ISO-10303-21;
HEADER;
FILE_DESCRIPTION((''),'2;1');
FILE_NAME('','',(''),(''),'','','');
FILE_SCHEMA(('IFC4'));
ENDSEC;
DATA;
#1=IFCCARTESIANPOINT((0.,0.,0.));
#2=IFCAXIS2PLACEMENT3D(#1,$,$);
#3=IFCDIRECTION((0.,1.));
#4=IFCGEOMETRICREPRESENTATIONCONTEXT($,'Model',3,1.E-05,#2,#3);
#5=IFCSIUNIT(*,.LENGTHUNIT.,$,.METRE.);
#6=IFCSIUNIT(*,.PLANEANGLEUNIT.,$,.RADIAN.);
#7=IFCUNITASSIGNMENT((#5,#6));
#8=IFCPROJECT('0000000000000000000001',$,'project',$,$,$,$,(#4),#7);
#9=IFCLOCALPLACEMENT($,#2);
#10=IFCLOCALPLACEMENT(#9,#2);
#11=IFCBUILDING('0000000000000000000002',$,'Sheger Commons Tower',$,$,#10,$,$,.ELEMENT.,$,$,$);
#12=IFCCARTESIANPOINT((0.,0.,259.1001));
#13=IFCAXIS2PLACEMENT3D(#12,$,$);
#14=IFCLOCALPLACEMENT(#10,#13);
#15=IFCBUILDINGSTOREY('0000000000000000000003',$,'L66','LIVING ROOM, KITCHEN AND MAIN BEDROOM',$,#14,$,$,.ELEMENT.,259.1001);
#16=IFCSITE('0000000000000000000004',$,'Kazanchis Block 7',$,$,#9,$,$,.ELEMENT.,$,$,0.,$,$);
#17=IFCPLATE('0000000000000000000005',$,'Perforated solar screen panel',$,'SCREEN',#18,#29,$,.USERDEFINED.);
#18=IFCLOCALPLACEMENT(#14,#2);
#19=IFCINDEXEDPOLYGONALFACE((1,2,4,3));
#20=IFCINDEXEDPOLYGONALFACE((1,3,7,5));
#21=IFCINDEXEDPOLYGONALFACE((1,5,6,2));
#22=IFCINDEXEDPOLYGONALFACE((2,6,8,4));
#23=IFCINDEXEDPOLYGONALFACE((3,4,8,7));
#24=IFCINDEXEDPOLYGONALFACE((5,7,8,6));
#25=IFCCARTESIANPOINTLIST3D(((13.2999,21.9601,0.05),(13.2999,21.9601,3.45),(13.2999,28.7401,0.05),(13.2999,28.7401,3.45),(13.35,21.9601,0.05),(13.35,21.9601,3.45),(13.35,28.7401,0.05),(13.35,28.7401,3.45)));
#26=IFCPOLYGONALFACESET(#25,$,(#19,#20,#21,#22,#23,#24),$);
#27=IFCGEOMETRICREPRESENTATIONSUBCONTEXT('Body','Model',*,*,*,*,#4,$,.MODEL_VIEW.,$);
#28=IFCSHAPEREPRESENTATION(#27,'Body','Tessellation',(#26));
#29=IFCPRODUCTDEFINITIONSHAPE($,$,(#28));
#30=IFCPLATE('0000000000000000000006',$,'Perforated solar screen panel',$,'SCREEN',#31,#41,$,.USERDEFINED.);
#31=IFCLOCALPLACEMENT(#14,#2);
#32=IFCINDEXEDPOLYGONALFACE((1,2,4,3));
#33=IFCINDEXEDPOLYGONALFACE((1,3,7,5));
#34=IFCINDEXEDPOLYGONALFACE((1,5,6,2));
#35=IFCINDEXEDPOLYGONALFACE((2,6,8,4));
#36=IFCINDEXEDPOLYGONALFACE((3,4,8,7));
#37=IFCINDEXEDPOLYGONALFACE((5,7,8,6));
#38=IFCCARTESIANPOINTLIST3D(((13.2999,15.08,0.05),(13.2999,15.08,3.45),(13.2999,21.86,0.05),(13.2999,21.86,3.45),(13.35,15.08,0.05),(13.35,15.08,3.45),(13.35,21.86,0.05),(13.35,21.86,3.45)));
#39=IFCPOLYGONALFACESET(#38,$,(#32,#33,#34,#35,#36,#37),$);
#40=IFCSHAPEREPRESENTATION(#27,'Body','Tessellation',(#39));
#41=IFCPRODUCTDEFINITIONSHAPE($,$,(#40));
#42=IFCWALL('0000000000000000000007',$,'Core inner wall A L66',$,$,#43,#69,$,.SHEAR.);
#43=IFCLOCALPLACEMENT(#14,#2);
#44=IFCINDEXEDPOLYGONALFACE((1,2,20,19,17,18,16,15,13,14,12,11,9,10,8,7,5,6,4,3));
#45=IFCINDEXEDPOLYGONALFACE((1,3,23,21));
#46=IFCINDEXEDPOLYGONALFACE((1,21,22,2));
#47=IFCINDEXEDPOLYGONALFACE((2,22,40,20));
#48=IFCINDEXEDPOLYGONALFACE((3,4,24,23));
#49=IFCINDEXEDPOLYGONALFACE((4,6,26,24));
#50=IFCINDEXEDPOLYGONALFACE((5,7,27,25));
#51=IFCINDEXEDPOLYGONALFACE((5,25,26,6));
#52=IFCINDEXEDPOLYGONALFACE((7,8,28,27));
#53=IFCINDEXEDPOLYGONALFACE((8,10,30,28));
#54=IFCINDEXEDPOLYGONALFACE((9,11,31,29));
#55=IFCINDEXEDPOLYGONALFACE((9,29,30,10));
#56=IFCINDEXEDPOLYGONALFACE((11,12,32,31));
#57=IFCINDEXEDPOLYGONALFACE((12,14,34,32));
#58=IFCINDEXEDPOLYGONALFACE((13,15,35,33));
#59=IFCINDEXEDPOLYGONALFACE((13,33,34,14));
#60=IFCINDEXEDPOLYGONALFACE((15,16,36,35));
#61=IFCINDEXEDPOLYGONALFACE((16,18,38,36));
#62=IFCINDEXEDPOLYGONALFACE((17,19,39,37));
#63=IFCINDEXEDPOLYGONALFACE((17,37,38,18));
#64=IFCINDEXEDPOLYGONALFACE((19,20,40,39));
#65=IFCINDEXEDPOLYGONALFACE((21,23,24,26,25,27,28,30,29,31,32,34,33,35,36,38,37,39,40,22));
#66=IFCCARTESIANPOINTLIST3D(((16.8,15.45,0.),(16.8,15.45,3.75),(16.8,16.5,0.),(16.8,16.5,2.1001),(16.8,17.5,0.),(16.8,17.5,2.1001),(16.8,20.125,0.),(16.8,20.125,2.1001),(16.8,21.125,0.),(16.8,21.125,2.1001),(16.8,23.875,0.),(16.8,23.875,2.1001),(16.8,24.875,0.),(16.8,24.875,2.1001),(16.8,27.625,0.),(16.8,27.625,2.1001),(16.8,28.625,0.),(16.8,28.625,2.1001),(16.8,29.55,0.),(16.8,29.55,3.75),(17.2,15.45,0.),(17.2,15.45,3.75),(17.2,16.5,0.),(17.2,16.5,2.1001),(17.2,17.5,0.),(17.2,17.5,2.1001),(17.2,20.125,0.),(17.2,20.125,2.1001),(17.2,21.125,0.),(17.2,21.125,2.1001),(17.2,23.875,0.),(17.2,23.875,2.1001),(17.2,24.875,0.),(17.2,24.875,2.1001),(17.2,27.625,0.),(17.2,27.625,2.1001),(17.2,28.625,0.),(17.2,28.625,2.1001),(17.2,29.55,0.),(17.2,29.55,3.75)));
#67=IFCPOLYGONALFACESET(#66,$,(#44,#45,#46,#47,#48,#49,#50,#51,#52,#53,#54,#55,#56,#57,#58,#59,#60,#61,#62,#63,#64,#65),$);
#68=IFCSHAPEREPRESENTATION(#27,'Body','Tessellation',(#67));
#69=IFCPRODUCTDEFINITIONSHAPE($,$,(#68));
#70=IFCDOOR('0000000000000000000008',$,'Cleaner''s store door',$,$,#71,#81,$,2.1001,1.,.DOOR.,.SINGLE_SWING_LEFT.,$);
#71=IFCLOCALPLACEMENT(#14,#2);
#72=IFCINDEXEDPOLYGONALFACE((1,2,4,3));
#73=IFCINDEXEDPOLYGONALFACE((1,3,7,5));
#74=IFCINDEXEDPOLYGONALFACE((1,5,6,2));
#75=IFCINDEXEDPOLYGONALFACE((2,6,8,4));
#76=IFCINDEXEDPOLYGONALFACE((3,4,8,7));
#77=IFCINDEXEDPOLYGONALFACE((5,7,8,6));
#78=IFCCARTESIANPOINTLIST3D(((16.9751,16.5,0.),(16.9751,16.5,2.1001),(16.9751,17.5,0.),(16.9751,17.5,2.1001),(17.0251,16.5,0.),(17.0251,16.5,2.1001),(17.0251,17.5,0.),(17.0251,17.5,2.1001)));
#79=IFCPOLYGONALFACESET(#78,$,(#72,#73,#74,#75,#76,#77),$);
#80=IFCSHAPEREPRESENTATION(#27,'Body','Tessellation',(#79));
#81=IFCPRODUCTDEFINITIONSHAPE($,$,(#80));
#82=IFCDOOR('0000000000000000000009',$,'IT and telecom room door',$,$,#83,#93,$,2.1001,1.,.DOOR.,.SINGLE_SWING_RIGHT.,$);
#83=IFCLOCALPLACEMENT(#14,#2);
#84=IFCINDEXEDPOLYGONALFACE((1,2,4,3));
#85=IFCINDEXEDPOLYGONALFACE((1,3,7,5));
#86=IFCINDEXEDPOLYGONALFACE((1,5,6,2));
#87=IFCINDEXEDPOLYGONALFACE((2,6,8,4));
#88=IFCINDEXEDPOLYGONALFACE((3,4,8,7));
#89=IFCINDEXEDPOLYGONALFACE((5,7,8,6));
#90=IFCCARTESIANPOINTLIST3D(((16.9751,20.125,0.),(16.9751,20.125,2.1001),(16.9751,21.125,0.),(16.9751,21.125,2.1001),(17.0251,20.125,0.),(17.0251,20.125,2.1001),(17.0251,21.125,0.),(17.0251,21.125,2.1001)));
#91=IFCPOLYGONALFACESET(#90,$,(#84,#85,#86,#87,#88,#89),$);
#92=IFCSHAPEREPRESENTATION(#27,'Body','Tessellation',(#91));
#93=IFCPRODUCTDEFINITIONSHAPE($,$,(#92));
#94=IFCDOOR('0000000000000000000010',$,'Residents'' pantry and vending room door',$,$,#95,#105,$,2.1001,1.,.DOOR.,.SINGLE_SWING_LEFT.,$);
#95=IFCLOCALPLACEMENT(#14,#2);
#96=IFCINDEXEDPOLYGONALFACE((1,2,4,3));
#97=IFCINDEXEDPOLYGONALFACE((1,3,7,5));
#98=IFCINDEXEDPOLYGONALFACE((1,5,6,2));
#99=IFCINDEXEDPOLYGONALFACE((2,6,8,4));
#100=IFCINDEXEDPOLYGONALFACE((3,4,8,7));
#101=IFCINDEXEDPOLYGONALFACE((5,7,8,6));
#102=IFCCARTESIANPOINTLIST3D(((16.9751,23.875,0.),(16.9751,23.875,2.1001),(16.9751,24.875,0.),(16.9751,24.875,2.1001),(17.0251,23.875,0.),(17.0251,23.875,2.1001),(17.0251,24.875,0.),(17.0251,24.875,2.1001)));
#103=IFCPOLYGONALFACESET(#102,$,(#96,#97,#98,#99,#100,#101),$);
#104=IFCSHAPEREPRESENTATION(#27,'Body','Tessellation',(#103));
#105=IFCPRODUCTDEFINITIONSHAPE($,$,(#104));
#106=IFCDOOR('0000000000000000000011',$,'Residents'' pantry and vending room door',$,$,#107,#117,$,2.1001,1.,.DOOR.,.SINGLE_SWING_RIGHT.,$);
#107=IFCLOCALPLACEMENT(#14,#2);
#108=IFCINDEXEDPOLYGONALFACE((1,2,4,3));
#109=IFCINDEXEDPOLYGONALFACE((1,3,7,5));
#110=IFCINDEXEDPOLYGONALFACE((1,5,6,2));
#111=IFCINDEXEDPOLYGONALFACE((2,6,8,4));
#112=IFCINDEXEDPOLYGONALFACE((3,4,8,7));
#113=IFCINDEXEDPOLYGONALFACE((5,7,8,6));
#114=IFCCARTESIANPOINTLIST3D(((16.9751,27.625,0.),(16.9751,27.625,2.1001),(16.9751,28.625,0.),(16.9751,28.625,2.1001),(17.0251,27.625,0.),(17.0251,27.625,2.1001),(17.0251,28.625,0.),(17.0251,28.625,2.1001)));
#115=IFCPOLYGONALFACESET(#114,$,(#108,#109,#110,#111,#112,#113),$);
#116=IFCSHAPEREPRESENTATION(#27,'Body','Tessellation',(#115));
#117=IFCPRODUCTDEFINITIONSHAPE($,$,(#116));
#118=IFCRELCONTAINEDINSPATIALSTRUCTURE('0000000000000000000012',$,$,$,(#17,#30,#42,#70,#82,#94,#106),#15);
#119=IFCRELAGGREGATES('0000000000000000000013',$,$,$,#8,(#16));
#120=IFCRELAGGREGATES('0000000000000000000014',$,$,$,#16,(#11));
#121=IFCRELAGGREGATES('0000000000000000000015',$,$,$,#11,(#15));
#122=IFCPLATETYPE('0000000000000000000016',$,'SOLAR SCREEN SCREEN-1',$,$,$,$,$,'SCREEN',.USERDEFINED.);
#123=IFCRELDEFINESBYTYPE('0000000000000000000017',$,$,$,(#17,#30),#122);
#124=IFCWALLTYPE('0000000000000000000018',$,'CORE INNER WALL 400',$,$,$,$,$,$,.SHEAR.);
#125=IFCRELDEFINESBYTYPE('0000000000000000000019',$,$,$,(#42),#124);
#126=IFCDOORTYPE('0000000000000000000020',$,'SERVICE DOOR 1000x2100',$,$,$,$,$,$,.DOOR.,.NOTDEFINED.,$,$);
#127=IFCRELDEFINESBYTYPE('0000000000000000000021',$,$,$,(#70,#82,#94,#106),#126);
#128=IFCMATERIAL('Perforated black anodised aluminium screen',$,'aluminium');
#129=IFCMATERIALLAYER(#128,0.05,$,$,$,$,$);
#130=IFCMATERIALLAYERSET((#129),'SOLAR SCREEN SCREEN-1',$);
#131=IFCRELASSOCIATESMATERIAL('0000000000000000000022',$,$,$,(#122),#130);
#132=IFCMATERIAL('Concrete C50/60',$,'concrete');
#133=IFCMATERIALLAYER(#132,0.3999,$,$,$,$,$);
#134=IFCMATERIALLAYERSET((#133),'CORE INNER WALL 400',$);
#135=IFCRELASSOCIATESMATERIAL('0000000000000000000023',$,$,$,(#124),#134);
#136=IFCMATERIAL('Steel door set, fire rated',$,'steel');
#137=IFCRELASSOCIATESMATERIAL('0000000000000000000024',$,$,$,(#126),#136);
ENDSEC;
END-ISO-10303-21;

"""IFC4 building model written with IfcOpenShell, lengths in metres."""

from ifc_helpers import new_model, si_unit, direction, frame, frame_2d, origin, origin_2d, place, context, subcontext, project, spatial, rectangle, extrude, material, layer, layer_set, type_object, element, fill, save


model = new_model("IFC4")

# Units and contexts
model_context = context("Model", 3, precision=1e-05, world=origin(), true_north=direction((0.0, 1.0)))
body_context = subcontext(model_context, "Body", "Model", "MODEL_VIEW")
ifc_project = project(units=[si_unit("LENGTHUNIT", "METRE"), si_unit("PLANEANGLEUNIT", "RADIAN")], contexts=[model_context])

# Site, building, storey
site_placement = place(None, origin())
site = spatial("IfcSite", under=ifc_project, at=site_placement, Name="Kazanchis Block 7", CompositionType="ELEMENT", RefElevation=0.0)
building_placement = place(site_placement, origin())
building = spatial("IfcBuilding", under=site, at=building_placement, Name="Sheger Commons Tower", CompositionType="ELEMENT")
storey_placement = place(building_placement, frame((0.0, 0.0, 259.1001)))
storey = spatial("IfcBuildingStorey", under=building, at=storey_placement, Name="L66", Description="LIVING ROOM, KITCHEN AND MAIN BEDROOM", CompositionType="ELEMENT", Elevation=259.1001)

# Plates
ifc_material_1 = material(Name="Perforated black anodised aluminium screen", Category="aluminium")
ifc_layer_1 = layer(ifc_material_1, 0.05)
ifc_layer_set_1 = layer_set([ifc_layer_1], Name="SOLAR SCREEN SCREEN-1")
plate_type = type_object("IfcPlateType", Name="SOLAR SCREEN SCREEN-1", ElementType="SCREEN", PredefinedType="USERDEFINED", material=ifc_layer_set_1)
for number, where, z_axis, x_axis, name in (
    (1, (13.325, 25.3501, 0.05), (0.0, 0.0, 1.0), (0.0, -1.0, 0.0), "Perforated solar screen panel"),
    (2, (13.325, 18.47, 0.05), (0.0, 0.0, 1.0), (0.0, -1.0, 0.0), "Perforated solar screen panel"),
):
    element("IfcPlate", number, at=place(storey_placement, frame(where, z_axis=z_axis, x_axis=x_axis)), inside=storey, type_object=plate_type, Name=name, ObjectType="SCREEN", PredefinedType="USERDEFINED", context=body_context, shape_type="SweptSolid", body=[
        extrude(rectangle(XDim=6.78, YDim=0.05, at=origin_2d()), origin(), (0.0, 0.0, 1.0), 3.3999),
    ])

# Wall, openings, doors
ifc_material_2 = material(Name="Concrete C50/60", Category="concrete")
ifc_layer_2 = layer(ifc_material_2, 0.3999)
ifc_layer_set_2 = layer_set([ifc_layer_2], Name="CORE INNER WALL 400")
wall_type_1 = type_object("IfcWallType", Name="CORE INNER WALL 400", PredefinedType="SHEAR", material=ifc_layer_set_2)
wall_1_placement = place(storey_placement, frame((17.0, 15.45, 0.0), z_axis=(0.0, 0.0, 1.0), x_axis=(0.0, 1.0, 0.0)))
wall_1 = element("IfcWall", 3, at=wall_1_placement, inside=storey, type_object=wall_type_1, Name="Core inner wall A L66", PredefinedType="SHEAR", context=body_context, shape_type="SweptSolid", body=[
    extrude(rectangle(XDim=14.1001, YDim=0.3999, at=frame_2d((7.05, 0.0))), origin(), (0.0, 0.0, 1.0), 3.75),
])
opening_1_placement = place(wall_1_placement, frame((1.05, 0.0, 0.0)))
opening_1 = element("IfcOpeningElement", 4, at=opening_1_placement, cuts=wall_1, PredefinedType="OPENING", context=body_context, shape_type="SweptSolid", body=[
    extrude(rectangle(XDim=1.0, YDim=2.1001, at=frame_2d((0.5, 1.05))), frame((0.0, 0.21, 0.0), z_axis=(0.0, -1.0, 0.0), x_axis=(1.0, 0.0, 0.0)), (0.0, 0.0, 1.0), 0.4199),
])
opening_2_placement = place(wall_1_placement, frame((4.675, 0.0, 0.0)))
opening_2 = element("IfcOpeningElement", 5, at=opening_2_placement, cuts=wall_1, PredefinedType="OPENING", context=body_context, shape_type="SweptSolid", body=[
    extrude(rectangle(XDim=1.0, YDim=2.1001, at=frame_2d((0.5, 1.05))), frame((0.0, 0.21, 0.0), z_axis=(0.0, -1.0, 0.0), x_axis=(1.0, 0.0, 0.0)), (0.0, 0.0, 1.0), 0.4199),
])
opening_3_placement = place(wall_1_placement, frame((8.425, 0.0, 0.0)))
opening_3 = element("IfcOpeningElement", 6, at=opening_3_placement, cuts=wall_1, PredefinedType="OPENING", context=body_context, shape_type="SweptSolid", body=[
    extrude(rectangle(XDim=1.0, YDim=2.1001, at=frame_2d((0.5, 1.05))), frame((0.0, 0.21, 0.0), z_axis=(0.0, -1.0, 0.0), x_axis=(1.0, 0.0, 0.0)), (0.0, 0.0, 1.0), 0.4199),
])
opening_4_placement = place(wall_1_placement, frame((12.175, 0.0, 0.0)))
opening_4 = element("IfcOpeningElement", 7, at=opening_4_placement, cuts=wall_1, PredefinedType="OPENING", context=body_context, shape_type="SweptSolid", body=[
    extrude(rectangle(XDim=1.0, YDim=2.1001, at=frame_2d((0.5, 1.05))), frame((0.0, 0.21, 0.0), z_axis=(0.0, -1.0, 0.0), x_axis=(1.0, 0.0, 0.0)), (0.0, 0.0, 1.0), 0.4199),
])
ifc_material_3 = material(Name="Steel door set, fire rated", Category="steel")
door_type_1 = type_object("IfcDoorType", Name="SERVICE DOOR 1000x2100", OperationType="NOTDEFINED", PredefinedType="DOOR", material=ifc_material_3)
door_1_placement = place(opening_1_placement, origin())
door_1 = element("IfcDoor", 8, at=door_1_placement, inside=storey, type_object=door_type_1, Name="Cleaner's store door", OperationType="SINGLE_SWING_LEFT", OverallHeight=2.1001, OverallWidth=1.0, PredefinedType="DOOR", context=body_context, shape_type="SweptSolid", body=[
    extrude(rectangle(XDim=1.0, YDim=2.1001, at=frame_2d((0.5, 1.05))), frame((0.0, 0.0249, 0.0), z_axis=(0.0, -1.0, 0.0), x_axis=(1.0, 0.0, 0.0)), (0.0, 0.0, 1.0), 0.05),
])
fill(opening_1, door_1)
door_2_placement = place(opening_2_placement, origin())
door_2 = element("IfcDoor", 9, at=door_2_placement, inside=storey, type_object=door_type_1, Name="IT and telecom room door", OperationType="SINGLE_SWING_RIGHT", OverallHeight=2.1001, OverallWidth=1.0, PredefinedType="DOOR", context=body_context, shape_type="SweptSolid", body=[
    extrude(rectangle(XDim=1.0, YDim=2.1001, at=frame_2d((0.5, 1.05))), frame((0.0, 0.0249, 0.0), z_axis=(0.0, -1.0, 0.0), x_axis=(1.0, 0.0, 0.0)), (0.0, 0.0, 1.0), 0.05),
])
fill(opening_2, door_2)
door_3_placement = place(opening_3_placement, origin())
door_3 = element("IfcDoor", 10, at=door_3_placement, inside=storey, type_object=door_type_1, Name="Residents' pantry and vending room door", OperationType="SINGLE_SWING_LEFT", OverallHeight=2.1001, OverallWidth=1.0, PredefinedType="DOOR", context=body_context, shape_type="SweptSolid", body=[
    extrude(rectangle(XDim=1.0, YDim=2.1001, at=frame_2d((0.5, 1.05))), frame((0.0, 0.0249, 0.0), z_axis=(0.0, -1.0, 0.0), x_axis=(1.0, 0.0, 0.0)), (0.0, 0.0, 1.0), 0.05),
])
fill(opening_3, door_3)
door_4_placement = place(opening_4_placement, origin())
door_4 = element("IfcDoor", 11, at=door_4_placement, inside=storey, type_object=door_type_1, Name="Residents' pantry and vending room door", OperationType="SINGLE_SWING_RIGHT", OverallHeight=2.1001, OverallWidth=1.0, PredefinedType="DOOR", context=body_context, shape_type="SweptSolid", body=[
    extrude(rectangle(XDim=1.0, YDim=2.1001, at=frame_2d((0.5, 1.05))), frame((0.0, 0.0249, 0.0), z_axis=(0.0, -1.0, 0.0), x_axis=(1.0, 0.0, 0.0)), (0.0, 0.0, 1.0), 0.05),
])
fill(opening_4, door_4)

save(model, "model.ifc")
